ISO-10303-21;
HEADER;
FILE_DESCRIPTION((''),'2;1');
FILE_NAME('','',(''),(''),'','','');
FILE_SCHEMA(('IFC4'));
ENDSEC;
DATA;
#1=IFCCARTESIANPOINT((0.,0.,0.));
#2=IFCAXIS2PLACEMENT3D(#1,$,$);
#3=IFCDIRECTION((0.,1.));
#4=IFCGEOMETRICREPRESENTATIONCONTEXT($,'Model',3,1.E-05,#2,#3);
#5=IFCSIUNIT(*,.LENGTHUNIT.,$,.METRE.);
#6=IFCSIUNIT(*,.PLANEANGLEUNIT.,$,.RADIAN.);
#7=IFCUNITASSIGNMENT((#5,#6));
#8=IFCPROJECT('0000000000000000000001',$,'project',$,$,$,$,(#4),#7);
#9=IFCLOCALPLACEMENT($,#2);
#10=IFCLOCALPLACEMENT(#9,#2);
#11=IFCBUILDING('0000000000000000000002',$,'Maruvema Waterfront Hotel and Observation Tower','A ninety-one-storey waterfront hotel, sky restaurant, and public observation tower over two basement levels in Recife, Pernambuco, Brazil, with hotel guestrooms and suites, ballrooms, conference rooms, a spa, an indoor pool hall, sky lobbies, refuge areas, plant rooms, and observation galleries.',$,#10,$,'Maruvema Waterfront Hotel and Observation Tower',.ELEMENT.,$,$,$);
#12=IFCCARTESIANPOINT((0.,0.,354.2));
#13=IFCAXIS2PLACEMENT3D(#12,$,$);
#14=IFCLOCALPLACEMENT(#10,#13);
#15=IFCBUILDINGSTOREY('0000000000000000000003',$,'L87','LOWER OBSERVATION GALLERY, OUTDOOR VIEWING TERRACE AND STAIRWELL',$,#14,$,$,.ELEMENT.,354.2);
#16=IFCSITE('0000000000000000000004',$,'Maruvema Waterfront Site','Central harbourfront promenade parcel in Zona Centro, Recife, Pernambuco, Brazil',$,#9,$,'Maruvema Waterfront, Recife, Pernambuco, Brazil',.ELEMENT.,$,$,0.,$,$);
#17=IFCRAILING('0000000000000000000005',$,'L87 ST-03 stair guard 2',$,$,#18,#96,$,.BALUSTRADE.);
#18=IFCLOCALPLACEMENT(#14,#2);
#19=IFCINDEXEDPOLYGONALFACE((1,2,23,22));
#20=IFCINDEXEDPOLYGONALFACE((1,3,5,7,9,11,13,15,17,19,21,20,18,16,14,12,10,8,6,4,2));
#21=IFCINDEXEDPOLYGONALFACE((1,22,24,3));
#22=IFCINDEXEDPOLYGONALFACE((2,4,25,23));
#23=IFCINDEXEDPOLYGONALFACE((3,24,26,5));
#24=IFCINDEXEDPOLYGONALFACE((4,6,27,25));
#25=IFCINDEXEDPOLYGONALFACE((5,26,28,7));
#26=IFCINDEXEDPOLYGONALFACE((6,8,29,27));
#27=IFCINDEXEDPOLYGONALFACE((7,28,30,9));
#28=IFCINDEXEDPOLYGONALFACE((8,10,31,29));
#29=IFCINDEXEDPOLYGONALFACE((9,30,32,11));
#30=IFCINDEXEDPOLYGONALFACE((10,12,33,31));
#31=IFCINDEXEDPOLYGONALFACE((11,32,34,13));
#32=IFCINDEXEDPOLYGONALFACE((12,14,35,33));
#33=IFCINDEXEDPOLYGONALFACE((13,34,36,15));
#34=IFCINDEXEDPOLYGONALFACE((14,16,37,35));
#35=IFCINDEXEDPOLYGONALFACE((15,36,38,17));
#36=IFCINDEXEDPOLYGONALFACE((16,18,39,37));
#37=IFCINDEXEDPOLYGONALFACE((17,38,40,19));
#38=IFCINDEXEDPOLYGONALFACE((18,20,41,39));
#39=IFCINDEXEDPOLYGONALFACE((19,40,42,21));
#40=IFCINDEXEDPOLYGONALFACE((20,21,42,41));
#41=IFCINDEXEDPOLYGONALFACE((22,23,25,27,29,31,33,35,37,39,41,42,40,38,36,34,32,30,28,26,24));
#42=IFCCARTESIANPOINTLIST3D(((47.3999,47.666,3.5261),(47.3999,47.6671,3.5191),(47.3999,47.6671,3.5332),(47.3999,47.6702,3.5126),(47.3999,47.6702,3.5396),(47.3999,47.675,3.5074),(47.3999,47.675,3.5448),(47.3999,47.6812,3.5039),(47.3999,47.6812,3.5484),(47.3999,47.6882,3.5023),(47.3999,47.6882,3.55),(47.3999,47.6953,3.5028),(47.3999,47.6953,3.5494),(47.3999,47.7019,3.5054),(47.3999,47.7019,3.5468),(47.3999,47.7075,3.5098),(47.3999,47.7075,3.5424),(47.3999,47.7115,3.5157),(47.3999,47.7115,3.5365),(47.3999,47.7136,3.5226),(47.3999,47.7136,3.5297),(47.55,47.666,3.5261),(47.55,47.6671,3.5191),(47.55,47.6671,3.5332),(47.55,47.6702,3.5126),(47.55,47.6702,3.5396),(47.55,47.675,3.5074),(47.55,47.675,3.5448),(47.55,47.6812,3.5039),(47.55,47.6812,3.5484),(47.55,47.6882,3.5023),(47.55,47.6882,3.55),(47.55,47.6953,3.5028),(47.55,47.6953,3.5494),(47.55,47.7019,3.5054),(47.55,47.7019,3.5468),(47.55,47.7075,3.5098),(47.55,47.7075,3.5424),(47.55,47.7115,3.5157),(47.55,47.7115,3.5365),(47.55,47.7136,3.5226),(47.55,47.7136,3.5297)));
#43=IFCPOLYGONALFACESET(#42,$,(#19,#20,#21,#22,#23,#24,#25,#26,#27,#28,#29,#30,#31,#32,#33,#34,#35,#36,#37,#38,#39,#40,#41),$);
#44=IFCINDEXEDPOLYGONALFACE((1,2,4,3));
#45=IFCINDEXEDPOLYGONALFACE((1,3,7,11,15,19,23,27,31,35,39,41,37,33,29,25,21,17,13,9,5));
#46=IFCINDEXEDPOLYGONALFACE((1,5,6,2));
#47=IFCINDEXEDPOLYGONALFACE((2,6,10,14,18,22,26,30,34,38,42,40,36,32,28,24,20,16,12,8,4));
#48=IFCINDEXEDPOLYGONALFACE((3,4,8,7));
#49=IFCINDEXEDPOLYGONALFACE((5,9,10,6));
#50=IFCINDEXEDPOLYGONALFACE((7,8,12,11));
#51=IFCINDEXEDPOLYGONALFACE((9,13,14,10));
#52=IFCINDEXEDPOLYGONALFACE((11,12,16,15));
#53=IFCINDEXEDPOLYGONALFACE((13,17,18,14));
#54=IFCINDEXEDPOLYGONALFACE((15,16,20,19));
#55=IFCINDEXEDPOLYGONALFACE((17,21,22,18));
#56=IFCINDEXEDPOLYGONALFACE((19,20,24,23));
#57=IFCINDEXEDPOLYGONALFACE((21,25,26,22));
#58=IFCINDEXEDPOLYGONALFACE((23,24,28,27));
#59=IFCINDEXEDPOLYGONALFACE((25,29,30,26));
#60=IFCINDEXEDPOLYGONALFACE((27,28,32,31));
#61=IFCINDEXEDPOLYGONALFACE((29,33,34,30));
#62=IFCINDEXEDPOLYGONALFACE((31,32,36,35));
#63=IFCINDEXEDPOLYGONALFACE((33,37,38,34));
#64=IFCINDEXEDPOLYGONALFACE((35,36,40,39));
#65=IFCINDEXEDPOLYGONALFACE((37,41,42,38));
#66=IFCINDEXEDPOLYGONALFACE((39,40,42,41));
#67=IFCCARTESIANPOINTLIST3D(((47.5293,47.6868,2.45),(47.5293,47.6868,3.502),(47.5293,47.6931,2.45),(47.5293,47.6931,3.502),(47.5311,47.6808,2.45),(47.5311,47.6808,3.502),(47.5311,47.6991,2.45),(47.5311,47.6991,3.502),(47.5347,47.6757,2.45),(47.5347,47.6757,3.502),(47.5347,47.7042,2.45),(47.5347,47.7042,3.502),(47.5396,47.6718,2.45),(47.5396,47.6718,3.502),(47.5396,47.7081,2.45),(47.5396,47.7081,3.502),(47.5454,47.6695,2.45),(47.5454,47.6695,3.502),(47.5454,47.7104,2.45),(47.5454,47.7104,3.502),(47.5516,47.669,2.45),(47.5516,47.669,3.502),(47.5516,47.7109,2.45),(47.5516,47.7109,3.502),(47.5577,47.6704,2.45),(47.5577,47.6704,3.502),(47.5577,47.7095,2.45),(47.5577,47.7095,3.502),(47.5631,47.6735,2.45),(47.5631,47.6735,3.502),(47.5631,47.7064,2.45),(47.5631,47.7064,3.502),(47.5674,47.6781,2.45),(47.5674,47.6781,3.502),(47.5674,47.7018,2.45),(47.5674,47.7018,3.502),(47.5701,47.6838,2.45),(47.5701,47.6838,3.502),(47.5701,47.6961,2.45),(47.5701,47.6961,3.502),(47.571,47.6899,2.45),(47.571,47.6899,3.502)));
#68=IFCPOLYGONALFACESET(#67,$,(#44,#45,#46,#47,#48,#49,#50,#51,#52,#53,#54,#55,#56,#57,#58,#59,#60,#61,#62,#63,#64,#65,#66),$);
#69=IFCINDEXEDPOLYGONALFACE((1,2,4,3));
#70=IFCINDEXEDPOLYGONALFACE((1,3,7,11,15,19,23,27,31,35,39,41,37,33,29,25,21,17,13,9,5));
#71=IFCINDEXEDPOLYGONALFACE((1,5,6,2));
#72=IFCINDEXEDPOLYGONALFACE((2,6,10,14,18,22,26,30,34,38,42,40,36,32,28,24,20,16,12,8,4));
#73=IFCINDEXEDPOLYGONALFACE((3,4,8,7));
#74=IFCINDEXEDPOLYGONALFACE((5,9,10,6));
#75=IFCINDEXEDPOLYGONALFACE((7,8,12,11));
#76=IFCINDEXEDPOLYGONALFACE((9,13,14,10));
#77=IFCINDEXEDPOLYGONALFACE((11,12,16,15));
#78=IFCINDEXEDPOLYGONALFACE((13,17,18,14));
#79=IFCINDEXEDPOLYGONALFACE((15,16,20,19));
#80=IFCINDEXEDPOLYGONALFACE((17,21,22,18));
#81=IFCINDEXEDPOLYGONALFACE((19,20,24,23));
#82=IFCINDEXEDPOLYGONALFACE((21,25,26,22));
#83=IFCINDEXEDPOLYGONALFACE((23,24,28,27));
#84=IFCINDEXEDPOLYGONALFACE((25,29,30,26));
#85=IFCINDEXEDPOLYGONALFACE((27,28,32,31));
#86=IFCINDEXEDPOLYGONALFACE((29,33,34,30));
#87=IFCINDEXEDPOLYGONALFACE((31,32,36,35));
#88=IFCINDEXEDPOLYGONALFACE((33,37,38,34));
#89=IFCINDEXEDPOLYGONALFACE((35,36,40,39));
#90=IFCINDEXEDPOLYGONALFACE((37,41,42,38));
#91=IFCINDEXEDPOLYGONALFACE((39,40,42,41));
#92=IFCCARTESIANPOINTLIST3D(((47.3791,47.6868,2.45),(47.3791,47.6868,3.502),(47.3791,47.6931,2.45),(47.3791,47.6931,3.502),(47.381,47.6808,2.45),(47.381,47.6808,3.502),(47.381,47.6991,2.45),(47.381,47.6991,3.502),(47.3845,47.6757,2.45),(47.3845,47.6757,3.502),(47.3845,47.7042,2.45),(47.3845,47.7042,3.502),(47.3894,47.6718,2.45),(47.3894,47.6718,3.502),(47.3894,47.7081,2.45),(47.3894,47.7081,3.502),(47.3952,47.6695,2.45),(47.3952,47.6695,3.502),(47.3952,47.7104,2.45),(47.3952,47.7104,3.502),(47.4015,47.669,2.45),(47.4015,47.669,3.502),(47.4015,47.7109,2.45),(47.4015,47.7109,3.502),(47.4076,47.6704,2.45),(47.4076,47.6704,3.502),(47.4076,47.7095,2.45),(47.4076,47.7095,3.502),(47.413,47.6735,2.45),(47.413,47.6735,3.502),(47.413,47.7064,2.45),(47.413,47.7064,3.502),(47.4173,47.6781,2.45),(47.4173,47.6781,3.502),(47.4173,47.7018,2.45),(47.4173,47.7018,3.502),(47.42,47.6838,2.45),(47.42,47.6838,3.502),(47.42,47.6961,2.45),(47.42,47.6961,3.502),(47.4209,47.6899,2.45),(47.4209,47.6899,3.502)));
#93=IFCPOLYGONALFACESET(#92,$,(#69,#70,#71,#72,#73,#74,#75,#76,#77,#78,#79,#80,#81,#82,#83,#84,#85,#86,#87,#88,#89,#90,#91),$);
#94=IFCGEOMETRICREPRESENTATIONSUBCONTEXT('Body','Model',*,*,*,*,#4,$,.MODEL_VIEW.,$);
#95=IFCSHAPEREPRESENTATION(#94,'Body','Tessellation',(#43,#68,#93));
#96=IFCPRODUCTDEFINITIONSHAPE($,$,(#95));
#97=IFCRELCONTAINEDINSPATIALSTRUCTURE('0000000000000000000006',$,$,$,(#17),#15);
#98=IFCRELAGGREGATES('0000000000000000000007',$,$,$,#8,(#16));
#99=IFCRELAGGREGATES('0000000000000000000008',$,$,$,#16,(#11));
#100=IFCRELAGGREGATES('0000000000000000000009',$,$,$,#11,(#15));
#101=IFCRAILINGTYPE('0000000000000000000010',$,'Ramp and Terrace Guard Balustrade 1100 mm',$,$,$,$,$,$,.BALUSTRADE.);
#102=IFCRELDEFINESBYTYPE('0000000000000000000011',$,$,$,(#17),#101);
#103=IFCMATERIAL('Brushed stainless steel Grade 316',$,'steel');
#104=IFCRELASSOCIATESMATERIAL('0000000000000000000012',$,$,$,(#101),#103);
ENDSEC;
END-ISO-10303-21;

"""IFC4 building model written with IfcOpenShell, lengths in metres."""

from ifc_helpers import new_model, si_unit, direction, frame, origin, origin_2d, place, context, subcontext, project, spatial, circle, extrude, material, type_object, element, save


model = new_model("IFC4")

# Units and contexts
model_context = context("Model", 3, precision=1e-05, world=origin(), true_north=direction((0.0, 1.0)))
body_context = subcontext(model_context, "Body", "Model", "MODEL_VIEW")
ifc_project = project(units=[si_unit("LENGTHUNIT", "METRE"), si_unit("PLANEANGLEUNIT", "RADIAN")], contexts=[model_context])

# Site, building, storey
site_placement = place(None, origin())
site = spatial("IfcSite", under=ifc_project, at=site_placement, Name="Maruvema Waterfront Site", Description="Central harbourfront promenade parcel in Zona Centro, Recife, Pernambuco, Brazil", LongName="Maruvema Waterfront, Recife, Pernambuco, Brazil", CompositionType="ELEMENT", RefElevation=0.0)
building_placement = place(site_placement, origin())
building = spatial("IfcBuilding", under=site, at=building_placement, Name="Maruvema Waterfront Hotel and Observation Tower", Description="A ninety-one-storey waterfront hotel, sky restaurant, and public observation tower over two basement levels in Recife, Pernambuco, Brazil, with hotel guestrooms and suites, ballrooms, conference rooms, a spa, an indoor pool hall, sky lobbies, refuge areas, plant rooms, and observation galleries.", LongName="Maruvema Waterfront Hotel and Observation Tower", CompositionType="ELEMENT")
storey_placement = place(building_placement, frame((0.0, 0.0, 354.2)))
storey = spatial("IfcBuildingStorey", under=building, at=storey_placement, Name="L87", Description="LOWER OBSERVATION GALLERY, OUTDOOR VIEWING TERRACE AND STAIRWELL", CompositionType="ELEMENT", Elevation=354.2)

# Railing
ifc_material_1 = material(Name="Brushed stainless steel Grade 316", Category="steel")
railing_type_1 = type_object("IfcRailingType", Name="Ramp and Terrace Guard Balustrade 1100 mm", PredefinedType="BALUSTRADE", material=ifc_material_1)
railing_1_placement = place(storey_placement, frame((47.55, 47.6899, 2.45)))
element("IfcRailing", 1, at=railing_1_placement, inside=storey, type_object=railing_type_1, Name="L87 ST-03 stair guard 2", PredefinedType="BALUSTRADE", context=body_context, shape_type="SweptSolid", body=[
    extrude(circle(Radius=0.0239, at=origin_2d()), frame((0.0, 0.0, 1.0762), z_axis=(-1.0, 0.0, 0.0), x_axis=(0.0, -1.0, 0.0)), (0.0, 0.0, 1.0), 0.1501),
    extrude(circle(Radius=0.021, at=origin_2d()), origin(), (0.0, 0.0, 1.0), 1.052),
    extrude(circle(Radius=0.021, at=origin_2d()), frame((-0.1501, 0.0, 0.0)), (0.0, 0.0, 1.0), 1.052),
])

save(model, "model.ifc")
